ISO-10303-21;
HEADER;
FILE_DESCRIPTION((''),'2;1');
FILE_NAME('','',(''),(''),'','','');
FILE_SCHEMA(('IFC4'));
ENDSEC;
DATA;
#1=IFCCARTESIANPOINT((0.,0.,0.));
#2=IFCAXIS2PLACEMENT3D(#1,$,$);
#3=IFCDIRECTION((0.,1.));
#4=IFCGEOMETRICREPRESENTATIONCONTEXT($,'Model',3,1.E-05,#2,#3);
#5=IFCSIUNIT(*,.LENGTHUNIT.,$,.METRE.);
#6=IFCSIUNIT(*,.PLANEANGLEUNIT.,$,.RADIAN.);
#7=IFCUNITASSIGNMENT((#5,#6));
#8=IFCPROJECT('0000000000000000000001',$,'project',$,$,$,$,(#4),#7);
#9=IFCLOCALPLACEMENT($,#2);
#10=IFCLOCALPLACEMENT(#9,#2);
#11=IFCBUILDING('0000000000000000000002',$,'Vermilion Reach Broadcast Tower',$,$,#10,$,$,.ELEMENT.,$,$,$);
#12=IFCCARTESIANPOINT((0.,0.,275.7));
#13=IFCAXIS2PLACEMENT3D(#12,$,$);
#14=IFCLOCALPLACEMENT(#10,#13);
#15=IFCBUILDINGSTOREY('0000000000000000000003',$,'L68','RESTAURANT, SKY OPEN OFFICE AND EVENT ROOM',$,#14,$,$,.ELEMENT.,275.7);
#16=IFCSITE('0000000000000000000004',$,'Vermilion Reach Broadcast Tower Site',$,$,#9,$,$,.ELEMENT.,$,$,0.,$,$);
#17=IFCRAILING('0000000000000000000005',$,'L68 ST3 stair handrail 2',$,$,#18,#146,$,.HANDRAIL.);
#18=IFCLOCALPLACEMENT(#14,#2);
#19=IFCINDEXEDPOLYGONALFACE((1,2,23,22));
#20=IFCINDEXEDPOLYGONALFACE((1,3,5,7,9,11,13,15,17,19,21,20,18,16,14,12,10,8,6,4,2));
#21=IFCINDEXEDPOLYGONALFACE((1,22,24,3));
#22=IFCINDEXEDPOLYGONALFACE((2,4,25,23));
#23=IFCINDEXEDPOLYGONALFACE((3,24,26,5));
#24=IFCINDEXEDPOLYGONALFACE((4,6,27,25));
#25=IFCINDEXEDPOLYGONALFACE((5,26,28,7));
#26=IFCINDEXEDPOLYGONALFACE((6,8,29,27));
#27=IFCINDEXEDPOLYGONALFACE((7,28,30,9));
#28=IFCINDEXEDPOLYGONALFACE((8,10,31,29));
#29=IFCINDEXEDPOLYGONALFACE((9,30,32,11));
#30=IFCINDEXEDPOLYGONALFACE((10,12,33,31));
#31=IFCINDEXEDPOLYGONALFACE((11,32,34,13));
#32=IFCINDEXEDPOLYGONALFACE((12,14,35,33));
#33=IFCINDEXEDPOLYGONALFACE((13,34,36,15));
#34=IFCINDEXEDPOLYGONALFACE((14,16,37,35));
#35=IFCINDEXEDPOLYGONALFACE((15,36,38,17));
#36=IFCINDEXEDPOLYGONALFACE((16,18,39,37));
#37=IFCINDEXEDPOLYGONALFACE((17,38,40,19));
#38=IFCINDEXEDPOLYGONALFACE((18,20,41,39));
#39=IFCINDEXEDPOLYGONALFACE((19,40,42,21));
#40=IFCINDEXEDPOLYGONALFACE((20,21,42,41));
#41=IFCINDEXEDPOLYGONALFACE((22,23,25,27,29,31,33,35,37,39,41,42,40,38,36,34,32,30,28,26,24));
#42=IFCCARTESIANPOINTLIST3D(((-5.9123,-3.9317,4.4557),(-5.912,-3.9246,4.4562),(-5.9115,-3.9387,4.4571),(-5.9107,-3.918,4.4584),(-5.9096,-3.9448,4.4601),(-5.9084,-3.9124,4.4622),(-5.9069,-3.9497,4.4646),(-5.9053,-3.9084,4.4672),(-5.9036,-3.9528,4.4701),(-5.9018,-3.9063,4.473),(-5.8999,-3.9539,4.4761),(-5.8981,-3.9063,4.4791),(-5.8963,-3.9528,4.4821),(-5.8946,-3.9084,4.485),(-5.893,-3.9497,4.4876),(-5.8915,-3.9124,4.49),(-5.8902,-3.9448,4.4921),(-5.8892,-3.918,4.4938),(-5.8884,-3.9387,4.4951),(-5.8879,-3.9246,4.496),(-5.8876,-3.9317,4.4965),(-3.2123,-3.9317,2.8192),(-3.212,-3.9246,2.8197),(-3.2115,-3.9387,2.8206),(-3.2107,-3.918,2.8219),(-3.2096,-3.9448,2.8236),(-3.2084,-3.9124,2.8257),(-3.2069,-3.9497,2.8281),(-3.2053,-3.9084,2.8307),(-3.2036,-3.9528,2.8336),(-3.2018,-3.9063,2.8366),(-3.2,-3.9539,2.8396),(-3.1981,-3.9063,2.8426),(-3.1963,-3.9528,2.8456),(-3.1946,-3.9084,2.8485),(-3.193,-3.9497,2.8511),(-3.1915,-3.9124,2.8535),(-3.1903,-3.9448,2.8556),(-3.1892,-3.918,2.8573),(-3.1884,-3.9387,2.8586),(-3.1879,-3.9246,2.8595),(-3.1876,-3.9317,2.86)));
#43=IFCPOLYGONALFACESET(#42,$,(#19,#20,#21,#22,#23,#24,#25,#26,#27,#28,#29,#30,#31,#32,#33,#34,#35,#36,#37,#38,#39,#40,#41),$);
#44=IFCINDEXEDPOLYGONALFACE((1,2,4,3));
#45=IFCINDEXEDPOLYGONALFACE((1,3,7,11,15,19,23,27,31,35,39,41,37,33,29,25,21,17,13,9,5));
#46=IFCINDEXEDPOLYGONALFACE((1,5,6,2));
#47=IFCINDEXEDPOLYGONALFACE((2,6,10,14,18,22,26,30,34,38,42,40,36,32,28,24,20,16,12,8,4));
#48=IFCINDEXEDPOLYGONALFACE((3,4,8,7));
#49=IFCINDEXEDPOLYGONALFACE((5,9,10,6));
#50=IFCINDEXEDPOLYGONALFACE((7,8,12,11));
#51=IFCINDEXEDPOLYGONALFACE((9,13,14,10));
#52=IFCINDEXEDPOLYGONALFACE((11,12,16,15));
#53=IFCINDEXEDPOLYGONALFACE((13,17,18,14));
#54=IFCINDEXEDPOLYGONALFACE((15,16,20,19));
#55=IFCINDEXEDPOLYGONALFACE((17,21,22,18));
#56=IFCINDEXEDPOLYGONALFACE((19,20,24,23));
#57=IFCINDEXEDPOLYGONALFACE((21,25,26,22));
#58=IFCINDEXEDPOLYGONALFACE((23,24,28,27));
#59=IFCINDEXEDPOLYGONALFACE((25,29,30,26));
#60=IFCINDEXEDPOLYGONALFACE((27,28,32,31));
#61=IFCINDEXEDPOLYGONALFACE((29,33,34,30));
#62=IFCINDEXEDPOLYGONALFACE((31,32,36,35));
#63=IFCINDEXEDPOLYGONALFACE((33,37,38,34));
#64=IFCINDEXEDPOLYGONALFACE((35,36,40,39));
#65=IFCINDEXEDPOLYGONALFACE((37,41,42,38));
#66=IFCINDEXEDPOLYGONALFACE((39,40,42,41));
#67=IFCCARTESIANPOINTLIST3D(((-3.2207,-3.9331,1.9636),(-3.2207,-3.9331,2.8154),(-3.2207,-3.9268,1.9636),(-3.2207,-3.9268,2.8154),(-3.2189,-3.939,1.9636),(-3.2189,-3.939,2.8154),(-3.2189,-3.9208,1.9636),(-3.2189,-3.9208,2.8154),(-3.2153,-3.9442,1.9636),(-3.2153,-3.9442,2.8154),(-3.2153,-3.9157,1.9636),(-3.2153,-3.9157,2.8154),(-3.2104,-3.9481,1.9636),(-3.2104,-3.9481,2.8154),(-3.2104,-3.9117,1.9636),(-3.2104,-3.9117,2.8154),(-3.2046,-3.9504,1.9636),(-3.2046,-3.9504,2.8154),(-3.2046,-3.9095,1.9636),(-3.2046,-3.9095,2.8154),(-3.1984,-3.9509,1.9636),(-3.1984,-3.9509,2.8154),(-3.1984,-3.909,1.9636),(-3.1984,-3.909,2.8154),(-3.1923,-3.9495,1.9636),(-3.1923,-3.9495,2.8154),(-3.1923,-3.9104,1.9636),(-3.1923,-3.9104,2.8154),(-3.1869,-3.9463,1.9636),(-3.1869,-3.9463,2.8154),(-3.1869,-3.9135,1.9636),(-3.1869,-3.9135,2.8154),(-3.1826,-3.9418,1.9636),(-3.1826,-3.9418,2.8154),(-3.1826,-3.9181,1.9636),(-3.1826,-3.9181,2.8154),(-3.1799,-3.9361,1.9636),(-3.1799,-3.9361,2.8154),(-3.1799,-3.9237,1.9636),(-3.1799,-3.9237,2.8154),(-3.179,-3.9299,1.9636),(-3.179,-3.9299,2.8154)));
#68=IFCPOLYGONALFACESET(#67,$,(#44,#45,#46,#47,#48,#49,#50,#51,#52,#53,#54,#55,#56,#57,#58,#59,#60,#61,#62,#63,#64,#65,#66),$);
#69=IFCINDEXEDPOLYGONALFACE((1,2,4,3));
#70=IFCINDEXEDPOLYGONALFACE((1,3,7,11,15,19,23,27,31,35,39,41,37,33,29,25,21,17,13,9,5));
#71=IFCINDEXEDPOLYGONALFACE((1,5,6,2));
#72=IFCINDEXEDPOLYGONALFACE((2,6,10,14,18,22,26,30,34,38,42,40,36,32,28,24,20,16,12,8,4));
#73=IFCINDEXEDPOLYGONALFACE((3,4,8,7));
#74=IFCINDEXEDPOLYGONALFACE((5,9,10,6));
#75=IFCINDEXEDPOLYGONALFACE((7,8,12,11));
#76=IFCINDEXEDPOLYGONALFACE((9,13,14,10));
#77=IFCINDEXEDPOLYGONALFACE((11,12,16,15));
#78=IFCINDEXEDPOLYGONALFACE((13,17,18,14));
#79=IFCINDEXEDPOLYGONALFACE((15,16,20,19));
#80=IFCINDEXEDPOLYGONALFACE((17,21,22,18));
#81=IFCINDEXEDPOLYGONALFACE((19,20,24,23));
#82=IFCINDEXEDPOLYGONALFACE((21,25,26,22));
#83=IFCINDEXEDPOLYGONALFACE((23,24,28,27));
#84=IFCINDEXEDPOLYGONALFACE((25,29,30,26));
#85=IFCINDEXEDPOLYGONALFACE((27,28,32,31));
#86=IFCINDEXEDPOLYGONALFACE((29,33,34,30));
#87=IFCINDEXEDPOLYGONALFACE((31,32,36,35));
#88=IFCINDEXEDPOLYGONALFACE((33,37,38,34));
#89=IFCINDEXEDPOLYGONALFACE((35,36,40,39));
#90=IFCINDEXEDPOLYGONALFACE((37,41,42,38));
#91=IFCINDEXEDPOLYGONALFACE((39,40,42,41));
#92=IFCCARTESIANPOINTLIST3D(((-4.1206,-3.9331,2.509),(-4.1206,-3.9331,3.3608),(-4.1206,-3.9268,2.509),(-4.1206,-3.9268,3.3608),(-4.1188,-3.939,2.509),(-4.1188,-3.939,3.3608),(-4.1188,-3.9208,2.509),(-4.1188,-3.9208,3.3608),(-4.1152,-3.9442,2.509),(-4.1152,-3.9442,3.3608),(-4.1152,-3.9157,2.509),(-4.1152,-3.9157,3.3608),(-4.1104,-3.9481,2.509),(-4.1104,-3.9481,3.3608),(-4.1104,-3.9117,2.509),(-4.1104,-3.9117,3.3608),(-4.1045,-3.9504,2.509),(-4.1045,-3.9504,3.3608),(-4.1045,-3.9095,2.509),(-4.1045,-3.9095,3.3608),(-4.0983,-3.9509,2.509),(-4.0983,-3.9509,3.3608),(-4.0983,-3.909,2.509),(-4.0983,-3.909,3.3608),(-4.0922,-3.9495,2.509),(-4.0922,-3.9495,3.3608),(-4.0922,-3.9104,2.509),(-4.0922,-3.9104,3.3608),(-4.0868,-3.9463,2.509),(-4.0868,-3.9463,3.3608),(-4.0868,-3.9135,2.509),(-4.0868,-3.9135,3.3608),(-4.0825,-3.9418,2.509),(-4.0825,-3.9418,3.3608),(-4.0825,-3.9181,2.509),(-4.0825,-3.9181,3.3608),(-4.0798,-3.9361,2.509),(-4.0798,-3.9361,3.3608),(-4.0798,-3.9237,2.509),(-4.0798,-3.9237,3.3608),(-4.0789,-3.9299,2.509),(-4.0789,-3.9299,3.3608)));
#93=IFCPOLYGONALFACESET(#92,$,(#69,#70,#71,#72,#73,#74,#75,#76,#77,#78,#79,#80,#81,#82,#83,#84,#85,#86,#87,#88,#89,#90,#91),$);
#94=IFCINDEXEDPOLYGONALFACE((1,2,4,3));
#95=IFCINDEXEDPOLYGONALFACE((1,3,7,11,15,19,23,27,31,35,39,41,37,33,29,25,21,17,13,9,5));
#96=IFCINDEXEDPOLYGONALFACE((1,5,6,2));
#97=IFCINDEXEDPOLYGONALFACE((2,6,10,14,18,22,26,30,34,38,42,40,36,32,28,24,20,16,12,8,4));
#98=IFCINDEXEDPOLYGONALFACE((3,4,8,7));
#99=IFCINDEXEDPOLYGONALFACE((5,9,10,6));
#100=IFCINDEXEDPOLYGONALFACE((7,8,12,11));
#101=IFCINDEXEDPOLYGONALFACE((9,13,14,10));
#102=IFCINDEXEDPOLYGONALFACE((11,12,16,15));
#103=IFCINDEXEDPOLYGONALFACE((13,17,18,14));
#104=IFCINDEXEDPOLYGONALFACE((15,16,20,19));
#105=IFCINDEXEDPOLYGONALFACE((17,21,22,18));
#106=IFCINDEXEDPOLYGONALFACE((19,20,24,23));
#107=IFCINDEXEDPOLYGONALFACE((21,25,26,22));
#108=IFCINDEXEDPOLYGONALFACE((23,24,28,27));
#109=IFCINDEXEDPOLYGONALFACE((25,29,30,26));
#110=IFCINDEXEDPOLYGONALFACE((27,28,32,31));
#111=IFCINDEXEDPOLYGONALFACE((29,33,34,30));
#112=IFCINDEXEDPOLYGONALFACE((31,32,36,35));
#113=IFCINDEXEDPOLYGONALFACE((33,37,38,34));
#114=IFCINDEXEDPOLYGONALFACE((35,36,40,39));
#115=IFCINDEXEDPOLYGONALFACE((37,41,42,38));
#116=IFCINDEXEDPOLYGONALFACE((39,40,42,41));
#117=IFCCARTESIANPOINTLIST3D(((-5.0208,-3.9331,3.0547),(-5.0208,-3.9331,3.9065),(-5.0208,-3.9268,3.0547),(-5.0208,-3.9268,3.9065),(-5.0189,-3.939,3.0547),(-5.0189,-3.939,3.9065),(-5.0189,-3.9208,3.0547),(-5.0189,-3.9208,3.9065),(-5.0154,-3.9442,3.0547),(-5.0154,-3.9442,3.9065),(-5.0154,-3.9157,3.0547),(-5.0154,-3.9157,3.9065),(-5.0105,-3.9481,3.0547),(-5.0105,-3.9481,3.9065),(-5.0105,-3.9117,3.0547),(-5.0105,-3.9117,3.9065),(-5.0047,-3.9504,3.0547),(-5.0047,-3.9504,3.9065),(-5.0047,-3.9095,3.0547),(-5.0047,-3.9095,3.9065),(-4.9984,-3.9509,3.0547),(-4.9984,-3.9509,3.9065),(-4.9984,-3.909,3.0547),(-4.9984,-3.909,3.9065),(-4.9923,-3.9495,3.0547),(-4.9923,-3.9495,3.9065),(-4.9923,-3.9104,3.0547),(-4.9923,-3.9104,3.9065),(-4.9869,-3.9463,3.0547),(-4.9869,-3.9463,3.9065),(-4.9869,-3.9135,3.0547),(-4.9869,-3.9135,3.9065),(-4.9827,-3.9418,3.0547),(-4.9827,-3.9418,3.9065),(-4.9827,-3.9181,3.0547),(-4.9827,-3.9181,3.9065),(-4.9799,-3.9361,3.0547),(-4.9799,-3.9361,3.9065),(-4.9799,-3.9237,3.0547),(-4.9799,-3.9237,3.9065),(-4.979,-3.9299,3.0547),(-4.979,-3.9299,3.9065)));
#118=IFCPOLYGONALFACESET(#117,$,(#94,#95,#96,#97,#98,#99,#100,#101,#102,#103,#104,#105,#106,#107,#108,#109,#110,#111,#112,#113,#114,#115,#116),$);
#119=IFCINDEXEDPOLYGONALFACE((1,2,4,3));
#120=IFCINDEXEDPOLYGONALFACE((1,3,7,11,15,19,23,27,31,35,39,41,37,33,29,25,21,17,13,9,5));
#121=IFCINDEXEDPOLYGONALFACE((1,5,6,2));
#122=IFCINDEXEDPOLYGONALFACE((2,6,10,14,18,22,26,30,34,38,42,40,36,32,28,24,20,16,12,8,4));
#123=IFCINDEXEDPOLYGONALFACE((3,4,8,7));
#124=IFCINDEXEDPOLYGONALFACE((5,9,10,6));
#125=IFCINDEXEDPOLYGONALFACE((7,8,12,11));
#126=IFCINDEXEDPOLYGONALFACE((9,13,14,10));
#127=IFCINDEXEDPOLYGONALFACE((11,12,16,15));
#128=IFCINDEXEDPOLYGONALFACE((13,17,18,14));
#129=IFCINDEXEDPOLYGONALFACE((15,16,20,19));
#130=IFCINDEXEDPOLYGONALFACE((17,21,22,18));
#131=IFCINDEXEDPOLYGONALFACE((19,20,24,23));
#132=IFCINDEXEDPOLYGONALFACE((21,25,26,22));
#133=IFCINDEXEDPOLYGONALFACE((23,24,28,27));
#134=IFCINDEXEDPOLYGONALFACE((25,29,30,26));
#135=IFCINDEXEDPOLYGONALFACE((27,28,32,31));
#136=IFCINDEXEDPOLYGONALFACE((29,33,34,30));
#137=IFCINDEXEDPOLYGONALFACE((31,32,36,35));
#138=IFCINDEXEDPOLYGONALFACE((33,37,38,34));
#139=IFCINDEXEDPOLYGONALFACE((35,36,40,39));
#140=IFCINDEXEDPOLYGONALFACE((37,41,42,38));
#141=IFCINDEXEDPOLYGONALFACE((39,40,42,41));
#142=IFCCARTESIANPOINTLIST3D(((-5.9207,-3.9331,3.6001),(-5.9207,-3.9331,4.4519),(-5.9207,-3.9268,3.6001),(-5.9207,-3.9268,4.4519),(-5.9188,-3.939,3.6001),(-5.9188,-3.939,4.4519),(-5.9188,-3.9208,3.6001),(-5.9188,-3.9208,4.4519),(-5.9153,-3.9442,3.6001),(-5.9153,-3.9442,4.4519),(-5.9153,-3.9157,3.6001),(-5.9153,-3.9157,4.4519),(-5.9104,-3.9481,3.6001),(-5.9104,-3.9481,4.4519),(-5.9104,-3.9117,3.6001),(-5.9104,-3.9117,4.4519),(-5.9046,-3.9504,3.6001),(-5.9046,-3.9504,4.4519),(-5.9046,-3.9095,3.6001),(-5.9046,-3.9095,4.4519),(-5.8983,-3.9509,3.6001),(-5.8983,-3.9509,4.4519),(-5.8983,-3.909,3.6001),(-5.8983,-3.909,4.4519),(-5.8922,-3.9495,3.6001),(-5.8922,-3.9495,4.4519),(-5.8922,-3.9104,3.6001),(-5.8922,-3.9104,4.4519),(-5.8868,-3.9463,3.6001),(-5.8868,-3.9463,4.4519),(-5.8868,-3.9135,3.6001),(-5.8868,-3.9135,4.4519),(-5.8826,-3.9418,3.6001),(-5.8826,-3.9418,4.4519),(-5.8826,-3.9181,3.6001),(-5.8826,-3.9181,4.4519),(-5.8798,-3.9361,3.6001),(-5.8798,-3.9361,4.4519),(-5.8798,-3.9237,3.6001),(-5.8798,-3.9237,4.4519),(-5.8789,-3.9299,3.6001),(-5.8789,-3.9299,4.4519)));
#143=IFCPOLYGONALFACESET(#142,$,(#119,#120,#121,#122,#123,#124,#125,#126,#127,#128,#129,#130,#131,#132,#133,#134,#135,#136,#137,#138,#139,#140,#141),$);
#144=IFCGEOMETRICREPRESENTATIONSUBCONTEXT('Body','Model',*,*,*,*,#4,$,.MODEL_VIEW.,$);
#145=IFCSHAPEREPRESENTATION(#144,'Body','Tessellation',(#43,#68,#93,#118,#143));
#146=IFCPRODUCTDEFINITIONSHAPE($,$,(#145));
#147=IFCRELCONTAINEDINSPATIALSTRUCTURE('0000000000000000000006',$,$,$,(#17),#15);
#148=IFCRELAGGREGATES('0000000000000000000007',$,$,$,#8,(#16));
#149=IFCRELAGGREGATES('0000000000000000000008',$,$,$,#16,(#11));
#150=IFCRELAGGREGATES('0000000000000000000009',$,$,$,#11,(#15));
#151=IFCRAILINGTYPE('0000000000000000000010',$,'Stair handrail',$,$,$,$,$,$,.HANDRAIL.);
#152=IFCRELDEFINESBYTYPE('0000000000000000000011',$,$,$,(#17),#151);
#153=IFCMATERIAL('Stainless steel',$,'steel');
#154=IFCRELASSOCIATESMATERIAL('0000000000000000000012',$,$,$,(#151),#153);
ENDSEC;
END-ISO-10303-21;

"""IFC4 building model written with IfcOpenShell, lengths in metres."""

from ifc_helpers import new_model, si_unit, direction, frame, origin, origin_2d, place, context, subcontext, project, spatial, circle, extrude, material, type_object, element, save


model = new_model("IFC4")

# Units and contexts
model_context = context("Model", 3, precision=1e-05, world=origin(), true_north=direction((0.0, 1.0)))
body_context = subcontext(model_context, "Body", "Model", "MODEL_VIEW")
ifc_project = project(units=[si_unit("LENGTHUNIT", "METRE"), si_unit("PLANEANGLEUNIT", "RADIAN")], contexts=[model_context])

# Site, building, storey
site_placement = place(None, origin())
site = spatial("IfcSite", under=ifc_project, at=site_placement, Name="Vermilion Reach Broadcast Tower Site", CompositionType="ELEMENT", RefElevation=0.0)
building_placement = place(site_placement, origin())
building = spatial("IfcBuilding", under=site, at=building_placement, Name="Vermilion Reach Broadcast Tower", CompositionType="ELEMENT")
storey_placement = place(building_placement, frame((0.0, 0.0, 275.7)))
storey = spatial("IfcBuildingStorey", under=building, at=storey_placement, Name="L68", Description="RESTAURANT, SKY OPEN OFFICE AND EVENT ROOM", CompositionType="ELEMENT", Elevation=275.7)

# Railing
ifc_material_1 = material(Name="Stainless steel", Category="steel")
railing_type_1 = type_object("IfcRailingType", Name="Stair handrail", PredefinedType="HANDRAIL", material=ifc_material_1)
railing_1_placement = place(storey_placement, frame((-3.2, -3.9299, 1.9636)))
element("IfcRailing", 1, at=railing_1_placement, inside=storey, type_object=railing_type_1, Name="L68 ST3 stair handrail 2", PredefinedType="HANDRAIL", context=body_context, shape_type="SweptSolid", body=[
    extrude(circle(Radius=0.0239, at=origin_2d()), frame((0.0, 0.0, 0.876), z_axis=(-0.855178, 0.0, 0.518334), x_axis=(0.0, -1.0, 0.0)), (0.0, 0.0, 1.0), 3.1572),
    extrude(circle(Radius=0.021, at=origin_2d()), origin(), (0.0, 0.0, 1.0), 0.8518),
    extrude(circle(Radius=0.021, at=origin_2d()), frame((-0.8999, 0.0, 0.5454)), (0.0, 0.0, 1.0), 0.8518),
    extrude(circle(Radius=0.021, at=origin_2d()), frame((-1.8, 0.0, 1.0911)), (0.0, 0.0, 1.0), 0.8518),
    extrude(circle(Radius=0.021, at=origin_2d()), frame((-2.7, 0.0, 1.6365)), (0.0, 0.0, 1.0), 0.8518),
])

save(model, "model.ifc")
